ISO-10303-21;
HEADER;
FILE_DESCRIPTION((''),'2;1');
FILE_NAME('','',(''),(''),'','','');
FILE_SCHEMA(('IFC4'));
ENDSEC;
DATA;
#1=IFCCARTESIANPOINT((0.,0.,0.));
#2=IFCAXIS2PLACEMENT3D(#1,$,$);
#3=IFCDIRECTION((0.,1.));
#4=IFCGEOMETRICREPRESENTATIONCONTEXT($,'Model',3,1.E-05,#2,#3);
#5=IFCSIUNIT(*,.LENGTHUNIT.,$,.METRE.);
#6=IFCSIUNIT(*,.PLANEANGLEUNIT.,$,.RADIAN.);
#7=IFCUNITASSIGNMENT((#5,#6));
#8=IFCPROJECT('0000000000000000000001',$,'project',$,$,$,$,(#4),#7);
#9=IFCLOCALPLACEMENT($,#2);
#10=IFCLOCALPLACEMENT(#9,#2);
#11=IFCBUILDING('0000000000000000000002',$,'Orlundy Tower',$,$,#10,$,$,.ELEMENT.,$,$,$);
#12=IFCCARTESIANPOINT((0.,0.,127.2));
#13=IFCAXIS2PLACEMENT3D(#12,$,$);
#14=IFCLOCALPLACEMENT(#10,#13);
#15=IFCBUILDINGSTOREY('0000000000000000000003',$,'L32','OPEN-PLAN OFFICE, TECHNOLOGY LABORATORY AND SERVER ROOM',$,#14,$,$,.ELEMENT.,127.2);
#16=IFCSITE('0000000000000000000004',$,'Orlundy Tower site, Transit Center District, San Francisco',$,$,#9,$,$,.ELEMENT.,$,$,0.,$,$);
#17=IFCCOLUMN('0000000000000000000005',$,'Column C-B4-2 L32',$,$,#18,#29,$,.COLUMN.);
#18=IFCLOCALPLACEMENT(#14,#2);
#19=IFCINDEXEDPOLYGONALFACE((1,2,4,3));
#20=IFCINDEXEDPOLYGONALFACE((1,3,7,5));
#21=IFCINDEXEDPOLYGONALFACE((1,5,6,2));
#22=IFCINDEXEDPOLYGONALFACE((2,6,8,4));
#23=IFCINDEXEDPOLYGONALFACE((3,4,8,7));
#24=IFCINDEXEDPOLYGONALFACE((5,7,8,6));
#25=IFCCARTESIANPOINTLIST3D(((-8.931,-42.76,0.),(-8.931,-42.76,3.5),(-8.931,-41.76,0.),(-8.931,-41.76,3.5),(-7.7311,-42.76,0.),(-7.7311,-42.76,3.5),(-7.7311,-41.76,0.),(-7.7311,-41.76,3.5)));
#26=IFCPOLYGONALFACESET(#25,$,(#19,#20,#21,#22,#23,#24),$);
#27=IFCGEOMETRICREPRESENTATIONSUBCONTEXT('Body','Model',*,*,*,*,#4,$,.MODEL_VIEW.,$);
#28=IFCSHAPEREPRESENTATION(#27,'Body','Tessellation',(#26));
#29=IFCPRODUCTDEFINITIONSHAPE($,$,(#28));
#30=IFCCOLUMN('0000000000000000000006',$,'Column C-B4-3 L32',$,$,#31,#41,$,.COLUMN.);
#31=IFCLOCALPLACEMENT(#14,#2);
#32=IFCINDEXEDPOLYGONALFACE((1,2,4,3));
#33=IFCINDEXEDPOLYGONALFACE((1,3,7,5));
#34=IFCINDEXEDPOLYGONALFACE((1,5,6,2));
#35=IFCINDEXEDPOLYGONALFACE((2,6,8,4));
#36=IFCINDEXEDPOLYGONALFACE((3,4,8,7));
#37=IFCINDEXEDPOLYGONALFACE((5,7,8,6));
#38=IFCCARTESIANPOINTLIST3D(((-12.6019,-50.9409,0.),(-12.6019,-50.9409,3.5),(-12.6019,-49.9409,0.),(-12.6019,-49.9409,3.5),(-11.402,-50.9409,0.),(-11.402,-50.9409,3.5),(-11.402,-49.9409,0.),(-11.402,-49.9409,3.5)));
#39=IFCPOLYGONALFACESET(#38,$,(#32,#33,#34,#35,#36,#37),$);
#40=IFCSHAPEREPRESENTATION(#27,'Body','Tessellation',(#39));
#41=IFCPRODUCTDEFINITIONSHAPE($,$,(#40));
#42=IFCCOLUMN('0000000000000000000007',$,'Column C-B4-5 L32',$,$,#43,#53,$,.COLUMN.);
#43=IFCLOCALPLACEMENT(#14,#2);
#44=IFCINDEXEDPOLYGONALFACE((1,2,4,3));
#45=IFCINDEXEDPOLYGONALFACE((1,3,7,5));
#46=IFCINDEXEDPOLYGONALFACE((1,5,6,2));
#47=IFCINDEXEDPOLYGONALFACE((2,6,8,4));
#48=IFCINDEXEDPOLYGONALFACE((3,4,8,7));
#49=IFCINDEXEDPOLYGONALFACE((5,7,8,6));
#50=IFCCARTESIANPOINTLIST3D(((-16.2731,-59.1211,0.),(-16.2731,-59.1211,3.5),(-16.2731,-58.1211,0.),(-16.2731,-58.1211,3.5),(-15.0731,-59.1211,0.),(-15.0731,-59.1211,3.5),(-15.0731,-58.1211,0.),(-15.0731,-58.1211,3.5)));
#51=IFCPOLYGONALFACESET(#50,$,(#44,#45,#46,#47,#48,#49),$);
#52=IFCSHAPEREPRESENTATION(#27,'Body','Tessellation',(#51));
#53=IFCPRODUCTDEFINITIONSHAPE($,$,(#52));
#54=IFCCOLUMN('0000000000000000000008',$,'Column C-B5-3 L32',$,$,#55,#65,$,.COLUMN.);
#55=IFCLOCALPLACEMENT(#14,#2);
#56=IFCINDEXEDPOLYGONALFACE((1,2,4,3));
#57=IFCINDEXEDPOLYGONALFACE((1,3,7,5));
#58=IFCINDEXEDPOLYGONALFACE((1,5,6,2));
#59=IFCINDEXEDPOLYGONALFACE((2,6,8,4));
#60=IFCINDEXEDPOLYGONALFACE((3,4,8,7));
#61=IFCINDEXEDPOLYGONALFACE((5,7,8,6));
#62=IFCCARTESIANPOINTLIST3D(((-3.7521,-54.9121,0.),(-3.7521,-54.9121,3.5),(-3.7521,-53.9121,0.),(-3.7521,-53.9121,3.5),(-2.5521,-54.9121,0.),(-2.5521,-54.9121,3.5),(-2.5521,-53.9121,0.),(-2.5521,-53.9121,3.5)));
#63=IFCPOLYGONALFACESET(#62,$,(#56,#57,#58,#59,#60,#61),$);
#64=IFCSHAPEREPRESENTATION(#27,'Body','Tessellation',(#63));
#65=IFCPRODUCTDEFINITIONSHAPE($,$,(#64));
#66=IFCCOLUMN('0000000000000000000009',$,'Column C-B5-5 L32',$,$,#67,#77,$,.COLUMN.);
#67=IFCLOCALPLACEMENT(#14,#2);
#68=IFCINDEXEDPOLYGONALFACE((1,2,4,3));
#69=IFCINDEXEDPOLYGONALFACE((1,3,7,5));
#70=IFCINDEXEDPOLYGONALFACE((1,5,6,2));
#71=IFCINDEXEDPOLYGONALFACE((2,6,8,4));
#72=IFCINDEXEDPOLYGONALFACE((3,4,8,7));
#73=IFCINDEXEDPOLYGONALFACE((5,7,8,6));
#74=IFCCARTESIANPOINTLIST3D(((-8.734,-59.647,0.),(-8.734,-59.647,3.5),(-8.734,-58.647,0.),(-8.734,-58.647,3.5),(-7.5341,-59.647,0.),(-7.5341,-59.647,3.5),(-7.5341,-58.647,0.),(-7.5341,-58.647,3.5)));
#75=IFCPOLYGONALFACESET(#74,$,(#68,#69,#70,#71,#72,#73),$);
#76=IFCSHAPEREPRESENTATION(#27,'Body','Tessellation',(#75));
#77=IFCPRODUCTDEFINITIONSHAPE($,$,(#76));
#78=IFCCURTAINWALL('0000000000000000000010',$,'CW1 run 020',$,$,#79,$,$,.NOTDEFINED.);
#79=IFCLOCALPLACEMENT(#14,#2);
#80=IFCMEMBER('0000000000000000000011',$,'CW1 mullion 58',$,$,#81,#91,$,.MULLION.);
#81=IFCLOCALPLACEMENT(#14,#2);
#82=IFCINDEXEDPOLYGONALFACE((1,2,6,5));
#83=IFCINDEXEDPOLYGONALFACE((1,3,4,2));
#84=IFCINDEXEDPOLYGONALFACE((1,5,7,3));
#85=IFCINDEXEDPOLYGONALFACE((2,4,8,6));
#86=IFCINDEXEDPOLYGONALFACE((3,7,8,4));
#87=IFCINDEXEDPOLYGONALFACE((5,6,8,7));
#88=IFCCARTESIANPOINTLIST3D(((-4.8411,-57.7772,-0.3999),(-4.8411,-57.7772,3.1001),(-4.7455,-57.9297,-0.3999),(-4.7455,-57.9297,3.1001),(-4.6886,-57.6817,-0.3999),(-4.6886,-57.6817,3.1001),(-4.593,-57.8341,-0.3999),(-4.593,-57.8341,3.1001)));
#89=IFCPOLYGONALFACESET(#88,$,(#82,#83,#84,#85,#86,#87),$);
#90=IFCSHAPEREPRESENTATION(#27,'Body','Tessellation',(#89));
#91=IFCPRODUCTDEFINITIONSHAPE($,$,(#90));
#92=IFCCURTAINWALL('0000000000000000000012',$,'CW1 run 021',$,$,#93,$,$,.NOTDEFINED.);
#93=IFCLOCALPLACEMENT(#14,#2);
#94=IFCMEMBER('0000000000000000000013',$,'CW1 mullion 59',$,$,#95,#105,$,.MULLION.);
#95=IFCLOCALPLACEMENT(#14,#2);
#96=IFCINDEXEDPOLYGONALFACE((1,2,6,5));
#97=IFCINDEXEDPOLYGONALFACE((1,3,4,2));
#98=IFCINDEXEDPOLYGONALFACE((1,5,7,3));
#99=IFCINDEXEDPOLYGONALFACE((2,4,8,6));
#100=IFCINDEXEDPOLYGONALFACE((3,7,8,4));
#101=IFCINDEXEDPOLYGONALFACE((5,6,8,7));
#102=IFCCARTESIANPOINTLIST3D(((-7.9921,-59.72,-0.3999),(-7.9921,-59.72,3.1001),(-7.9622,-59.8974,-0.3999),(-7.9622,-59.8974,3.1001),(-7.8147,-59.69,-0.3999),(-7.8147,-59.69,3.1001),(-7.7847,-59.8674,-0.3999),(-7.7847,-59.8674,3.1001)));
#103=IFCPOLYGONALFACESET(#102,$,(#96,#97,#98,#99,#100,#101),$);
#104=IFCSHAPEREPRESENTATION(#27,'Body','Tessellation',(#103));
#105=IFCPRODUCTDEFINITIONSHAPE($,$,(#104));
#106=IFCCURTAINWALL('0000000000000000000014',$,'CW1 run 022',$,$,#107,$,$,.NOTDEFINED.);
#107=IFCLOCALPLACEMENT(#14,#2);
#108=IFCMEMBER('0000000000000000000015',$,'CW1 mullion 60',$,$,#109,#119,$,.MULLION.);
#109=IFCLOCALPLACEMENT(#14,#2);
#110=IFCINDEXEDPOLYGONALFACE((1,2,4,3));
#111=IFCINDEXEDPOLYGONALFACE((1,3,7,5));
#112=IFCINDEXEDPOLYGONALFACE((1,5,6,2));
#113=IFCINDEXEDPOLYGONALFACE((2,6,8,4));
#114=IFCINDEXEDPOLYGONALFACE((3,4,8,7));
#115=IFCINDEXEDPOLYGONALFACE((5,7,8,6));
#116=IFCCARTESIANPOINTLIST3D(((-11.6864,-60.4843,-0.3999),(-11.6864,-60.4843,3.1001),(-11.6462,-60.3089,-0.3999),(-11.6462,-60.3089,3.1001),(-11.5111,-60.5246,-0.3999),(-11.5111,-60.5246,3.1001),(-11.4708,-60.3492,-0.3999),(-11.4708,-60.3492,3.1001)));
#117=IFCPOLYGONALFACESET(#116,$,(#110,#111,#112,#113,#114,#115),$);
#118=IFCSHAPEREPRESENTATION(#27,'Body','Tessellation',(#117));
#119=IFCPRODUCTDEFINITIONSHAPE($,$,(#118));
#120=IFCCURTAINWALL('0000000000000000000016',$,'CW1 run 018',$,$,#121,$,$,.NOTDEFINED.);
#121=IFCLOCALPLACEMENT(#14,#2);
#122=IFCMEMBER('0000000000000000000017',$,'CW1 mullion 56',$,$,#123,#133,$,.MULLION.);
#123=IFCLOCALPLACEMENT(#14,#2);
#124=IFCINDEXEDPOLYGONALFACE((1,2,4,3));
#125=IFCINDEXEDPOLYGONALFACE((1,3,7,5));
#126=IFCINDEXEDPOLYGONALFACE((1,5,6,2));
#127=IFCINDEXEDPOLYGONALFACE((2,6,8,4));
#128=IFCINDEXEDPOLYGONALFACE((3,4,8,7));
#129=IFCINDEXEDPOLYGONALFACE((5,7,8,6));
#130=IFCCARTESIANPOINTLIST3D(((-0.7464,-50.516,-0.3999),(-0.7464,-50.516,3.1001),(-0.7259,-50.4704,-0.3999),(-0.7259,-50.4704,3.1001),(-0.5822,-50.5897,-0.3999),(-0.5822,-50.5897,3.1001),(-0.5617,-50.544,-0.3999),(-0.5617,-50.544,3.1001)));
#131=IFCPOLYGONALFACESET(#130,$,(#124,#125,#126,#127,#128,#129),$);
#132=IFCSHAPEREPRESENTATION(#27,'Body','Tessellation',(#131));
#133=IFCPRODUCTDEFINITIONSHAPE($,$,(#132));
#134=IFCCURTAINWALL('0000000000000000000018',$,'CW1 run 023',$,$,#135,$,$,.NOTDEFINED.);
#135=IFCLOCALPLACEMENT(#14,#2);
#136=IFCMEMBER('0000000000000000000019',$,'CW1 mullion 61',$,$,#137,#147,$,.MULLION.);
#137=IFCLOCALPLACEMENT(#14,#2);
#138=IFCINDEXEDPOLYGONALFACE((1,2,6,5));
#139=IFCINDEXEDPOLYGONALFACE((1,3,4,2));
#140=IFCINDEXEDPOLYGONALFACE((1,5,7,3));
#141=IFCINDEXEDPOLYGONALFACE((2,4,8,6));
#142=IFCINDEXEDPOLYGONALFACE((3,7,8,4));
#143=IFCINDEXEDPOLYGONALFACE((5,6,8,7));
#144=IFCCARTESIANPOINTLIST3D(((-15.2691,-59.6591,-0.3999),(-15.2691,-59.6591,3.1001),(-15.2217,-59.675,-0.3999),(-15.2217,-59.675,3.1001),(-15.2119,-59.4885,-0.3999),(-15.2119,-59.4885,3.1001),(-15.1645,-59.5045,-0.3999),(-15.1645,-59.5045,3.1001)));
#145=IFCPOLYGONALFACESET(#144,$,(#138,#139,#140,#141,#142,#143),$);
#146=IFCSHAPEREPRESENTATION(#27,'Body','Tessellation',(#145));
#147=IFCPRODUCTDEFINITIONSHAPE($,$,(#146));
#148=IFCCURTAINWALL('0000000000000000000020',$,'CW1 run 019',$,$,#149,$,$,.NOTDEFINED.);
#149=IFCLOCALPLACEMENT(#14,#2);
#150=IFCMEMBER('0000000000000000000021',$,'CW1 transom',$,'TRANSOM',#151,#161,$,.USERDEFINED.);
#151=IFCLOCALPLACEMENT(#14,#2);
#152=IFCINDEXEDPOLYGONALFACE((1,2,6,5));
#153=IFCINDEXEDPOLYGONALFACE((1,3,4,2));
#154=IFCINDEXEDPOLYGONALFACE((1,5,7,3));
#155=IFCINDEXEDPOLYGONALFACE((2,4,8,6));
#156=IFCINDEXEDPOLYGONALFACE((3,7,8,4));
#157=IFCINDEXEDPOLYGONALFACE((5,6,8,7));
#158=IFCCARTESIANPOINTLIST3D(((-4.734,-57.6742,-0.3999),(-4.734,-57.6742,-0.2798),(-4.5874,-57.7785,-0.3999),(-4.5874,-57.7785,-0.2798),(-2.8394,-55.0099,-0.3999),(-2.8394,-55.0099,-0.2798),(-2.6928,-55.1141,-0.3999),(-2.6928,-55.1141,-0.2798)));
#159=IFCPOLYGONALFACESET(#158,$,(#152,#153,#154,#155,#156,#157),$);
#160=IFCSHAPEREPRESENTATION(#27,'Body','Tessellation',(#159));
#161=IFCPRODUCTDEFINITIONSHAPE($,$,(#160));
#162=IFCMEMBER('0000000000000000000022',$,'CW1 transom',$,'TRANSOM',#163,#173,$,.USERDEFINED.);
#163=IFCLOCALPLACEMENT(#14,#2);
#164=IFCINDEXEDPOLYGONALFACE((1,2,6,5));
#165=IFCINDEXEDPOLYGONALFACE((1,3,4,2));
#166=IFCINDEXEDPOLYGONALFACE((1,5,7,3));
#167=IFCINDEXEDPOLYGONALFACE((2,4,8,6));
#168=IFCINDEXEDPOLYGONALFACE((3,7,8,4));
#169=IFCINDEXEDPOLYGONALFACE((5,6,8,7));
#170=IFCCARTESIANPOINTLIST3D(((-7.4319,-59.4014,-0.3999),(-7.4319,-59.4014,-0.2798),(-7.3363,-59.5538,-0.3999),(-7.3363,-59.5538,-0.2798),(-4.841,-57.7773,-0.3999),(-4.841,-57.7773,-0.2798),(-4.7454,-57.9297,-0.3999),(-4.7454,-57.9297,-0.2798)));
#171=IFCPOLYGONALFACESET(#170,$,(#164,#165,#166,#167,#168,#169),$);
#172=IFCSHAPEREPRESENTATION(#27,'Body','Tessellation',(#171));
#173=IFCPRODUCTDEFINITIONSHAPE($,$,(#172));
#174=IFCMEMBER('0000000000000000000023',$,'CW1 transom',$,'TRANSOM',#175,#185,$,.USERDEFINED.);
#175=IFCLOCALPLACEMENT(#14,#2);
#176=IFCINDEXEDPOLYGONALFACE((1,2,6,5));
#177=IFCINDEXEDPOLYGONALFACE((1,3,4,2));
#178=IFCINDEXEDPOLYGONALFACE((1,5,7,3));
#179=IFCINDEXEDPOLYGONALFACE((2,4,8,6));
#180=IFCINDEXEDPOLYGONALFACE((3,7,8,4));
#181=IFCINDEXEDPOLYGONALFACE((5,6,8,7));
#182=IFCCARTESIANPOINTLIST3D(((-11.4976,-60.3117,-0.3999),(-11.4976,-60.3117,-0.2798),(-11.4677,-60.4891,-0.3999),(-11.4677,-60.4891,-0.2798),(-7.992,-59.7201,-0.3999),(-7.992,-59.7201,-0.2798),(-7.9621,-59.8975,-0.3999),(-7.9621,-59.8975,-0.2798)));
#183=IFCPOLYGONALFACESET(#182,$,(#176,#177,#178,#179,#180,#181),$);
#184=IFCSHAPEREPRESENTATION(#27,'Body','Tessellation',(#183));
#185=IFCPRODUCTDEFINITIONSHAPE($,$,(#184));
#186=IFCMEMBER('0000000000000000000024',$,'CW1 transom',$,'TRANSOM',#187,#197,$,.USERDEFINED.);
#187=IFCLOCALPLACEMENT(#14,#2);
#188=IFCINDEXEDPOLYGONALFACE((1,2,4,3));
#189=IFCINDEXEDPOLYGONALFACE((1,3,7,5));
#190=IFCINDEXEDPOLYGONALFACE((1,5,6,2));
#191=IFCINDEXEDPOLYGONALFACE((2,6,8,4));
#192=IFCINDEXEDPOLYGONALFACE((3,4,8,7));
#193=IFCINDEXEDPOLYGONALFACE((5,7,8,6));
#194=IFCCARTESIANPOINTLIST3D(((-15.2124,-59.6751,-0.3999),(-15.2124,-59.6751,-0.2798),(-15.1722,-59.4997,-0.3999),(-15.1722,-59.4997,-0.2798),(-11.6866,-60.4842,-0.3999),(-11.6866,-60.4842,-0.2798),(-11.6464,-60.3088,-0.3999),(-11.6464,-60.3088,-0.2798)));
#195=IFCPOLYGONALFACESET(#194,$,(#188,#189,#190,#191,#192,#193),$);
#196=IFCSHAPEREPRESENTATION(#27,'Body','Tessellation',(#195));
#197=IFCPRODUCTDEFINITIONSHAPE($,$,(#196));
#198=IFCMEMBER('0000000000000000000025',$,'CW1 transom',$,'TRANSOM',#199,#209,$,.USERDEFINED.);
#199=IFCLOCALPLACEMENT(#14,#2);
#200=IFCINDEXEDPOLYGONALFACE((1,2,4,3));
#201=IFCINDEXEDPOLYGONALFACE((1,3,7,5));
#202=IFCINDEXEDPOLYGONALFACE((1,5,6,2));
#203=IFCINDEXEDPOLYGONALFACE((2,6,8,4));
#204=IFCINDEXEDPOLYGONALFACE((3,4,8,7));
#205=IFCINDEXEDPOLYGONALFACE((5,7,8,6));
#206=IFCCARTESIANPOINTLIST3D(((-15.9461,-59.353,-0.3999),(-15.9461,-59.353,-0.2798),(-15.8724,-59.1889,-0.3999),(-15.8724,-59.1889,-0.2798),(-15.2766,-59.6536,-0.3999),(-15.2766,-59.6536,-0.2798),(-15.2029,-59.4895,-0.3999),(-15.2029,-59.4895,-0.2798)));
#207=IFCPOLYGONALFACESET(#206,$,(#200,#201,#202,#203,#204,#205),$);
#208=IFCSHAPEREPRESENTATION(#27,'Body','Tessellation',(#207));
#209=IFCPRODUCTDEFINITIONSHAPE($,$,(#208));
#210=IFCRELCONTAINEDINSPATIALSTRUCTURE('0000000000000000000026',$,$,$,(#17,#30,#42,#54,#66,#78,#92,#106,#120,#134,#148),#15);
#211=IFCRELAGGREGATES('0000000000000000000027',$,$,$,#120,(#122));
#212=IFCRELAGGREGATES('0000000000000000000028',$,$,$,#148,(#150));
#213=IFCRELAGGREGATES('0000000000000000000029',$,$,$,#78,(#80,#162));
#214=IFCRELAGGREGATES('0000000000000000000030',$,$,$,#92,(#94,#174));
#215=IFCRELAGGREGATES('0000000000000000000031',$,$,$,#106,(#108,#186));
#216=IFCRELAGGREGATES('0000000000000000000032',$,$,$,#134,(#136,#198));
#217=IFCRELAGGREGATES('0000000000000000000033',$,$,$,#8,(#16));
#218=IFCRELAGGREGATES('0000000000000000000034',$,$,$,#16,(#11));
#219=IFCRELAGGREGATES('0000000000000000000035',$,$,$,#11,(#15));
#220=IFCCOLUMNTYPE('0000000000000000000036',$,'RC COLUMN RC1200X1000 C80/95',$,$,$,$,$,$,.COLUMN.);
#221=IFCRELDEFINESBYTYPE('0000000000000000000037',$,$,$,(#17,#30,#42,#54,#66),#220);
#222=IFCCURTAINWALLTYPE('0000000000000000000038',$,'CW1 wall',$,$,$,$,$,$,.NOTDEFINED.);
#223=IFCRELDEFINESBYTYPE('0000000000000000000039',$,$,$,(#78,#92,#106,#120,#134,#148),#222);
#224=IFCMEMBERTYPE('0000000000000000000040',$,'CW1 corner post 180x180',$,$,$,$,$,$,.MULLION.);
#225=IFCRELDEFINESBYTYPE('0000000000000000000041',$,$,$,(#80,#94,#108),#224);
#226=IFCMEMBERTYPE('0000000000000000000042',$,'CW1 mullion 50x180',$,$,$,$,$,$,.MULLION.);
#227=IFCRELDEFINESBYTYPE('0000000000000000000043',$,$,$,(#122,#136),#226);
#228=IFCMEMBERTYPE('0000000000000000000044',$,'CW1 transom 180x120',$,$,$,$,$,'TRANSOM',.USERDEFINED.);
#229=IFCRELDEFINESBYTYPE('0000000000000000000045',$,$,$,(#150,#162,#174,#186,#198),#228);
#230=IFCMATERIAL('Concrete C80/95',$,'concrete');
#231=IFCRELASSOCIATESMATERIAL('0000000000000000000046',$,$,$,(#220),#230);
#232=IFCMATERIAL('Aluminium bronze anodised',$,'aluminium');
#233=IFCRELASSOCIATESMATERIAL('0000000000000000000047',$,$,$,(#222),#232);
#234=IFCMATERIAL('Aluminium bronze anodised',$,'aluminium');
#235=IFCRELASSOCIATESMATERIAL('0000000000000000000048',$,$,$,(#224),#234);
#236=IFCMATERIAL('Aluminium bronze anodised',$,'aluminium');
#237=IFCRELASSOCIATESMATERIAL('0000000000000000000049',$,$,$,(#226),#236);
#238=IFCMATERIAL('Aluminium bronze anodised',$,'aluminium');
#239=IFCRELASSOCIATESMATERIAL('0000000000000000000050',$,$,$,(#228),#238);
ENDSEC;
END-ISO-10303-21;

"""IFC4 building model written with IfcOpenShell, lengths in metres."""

from ifc_helpers import new_model, si_unit, direction, frame, origin, origin_2d, place, context, subcontext, project, spatial, rectangle, extrude, material, material_profile, profile_set, type_object, element, aggregate, save


model = new_model("IFC4")

# Units and contexts
model_context = context("Model", 3, precision=1e-05, world=origin(), true_north=direction((0.0, 1.0)))
body_context = subcontext(model_context, "Body", "Model", "MODEL_VIEW")
ifc_project = project(units=[si_unit("LENGTHUNIT", "METRE"), si_unit("PLANEANGLEUNIT", "RADIAN")], contexts=[model_context])

# Site, building, storey
site_placement = place(None, origin())
site = spatial("IfcSite", under=ifc_project, at=site_placement, Name="Orlundy Tower site, Transit Center District, San Francisco", CompositionType="ELEMENT", RefElevation=0.0)
building_placement = place(site_placement, origin())
building = spatial("IfcBuilding", under=site, at=building_placement, Name="Orlundy Tower", CompositionType="ELEMENT")
storey_placement = place(building_placement, frame((0.0, 0.0, 127.2)))
storey = spatial("IfcBuildingStorey", under=building, at=storey_placement, Name="L32", Description="OPEN-PLAN OFFICE, TECHNOLOGY LABORATORY AND SERVER ROOM", CompositionType="ELEMENT", Elevation=127.2)

# Columns
ifc_material_1 = material(Name="Concrete C80/95", Category="concrete")
ifc_material_profile_1 = material_profile(ifc_material_1, rectangle(XDim=1.2, YDim=1.0, at=origin_2d()), Name="RC1200X1000")
ifc_profile_set_1 = profile_set([ifc_material_profile_1], Name="Concrete C80/95")
column_type = type_object("IfcColumnType", Name="RC COLUMN RC1200X1000 C80/95", PredefinedType="COLUMN", material=ifc_profile_set_1)
for number, where, z_axis, x_axis, name in (
    (1, (-8.3311, -42.26, 0.0), (0.0, 0.0, 1.0), (1.0, 0.0, 0.0), "Column C-B4-2 L32"),
    (2, (-12.002, -50.4409, 0.0), (0.0, 0.0, 1.0), (1.0, 0.0, 0.0), "Column C-B4-3 L32"),
    (3, (-15.6731, -58.6211, 0.0), (0.0, 0.0, 1.0), (1.0, 0.0, 0.0), "Column C-B4-5 L32"),
    (4, (-3.1521, -54.4121, 0.0), (0.0, 0.0, 1.0), (1.0, 0.0, 0.0), "Column C-B5-3 L32"),
    (5, (-8.134, -59.147, 0.0), (0.0, 0.0, 1.0), (1.0, 0.0, 0.0), "Column C-B5-5 L32"),
):
    element("IfcColumn", number, at=place(storey_placement, frame(where, z_axis=z_axis, x_axis=x_axis)), inside=storey, type_object=column_type, Name=name, PredefinedType="COLUMN", context=body_context, shape_type="SweptSolid", body=[
        extrude(rectangle(XDim=1.2, YDim=1.0, at=origin_2d()), origin(), (0.0, 0.0, 1.0), 3.5),
    ])

# Curtain walls, members
ifc_material_2 = material(Name="Aluminium bronze anodised", Category="aluminium")
curtain_wall_type = type_object("IfcCurtainWallType", Name="CW1 wall", PredefinedType="NOTDEFINED", material=ifc_material_2)
curtain_wall_1_placement = place(storey_placement, origin())
curtain_wall_1 = element("IfcCurtainWall", 6, at=curtain_wall_1_placement, inside=storey, type_object=curtain_wall_type, Name="CW1 run 020", PredefinedType="NOTDEFINED")
ifc_material_3 = material(Name="Aluminium bronze anodised", Category="aluminium")
ifc_material_profile_2 = material_profile(ifc_material_3, rectangle(XDim=0.1799, YDim=0.1799, at=origin_2d()), Name="CW1 corner post 180x180")
ifc_profile_set_2 = profile_set([ifc_material_profile_2], Name="Aluminium bronze anodised")
member_type_1 = type_object("IfcMemberType", Name="CW1 corner post 180x180", PredefinedType="MULLION", material=ifc_profile_set_2)
member_1_placement = place(storey_placement, frame((-4.717, -57.8057, -0.3999), z_axis=(0.0, 0.0, 1.0), x_axis=(0.531138, -0.847285, 0.0)))
member_1 = element("IfcMember", 7, at=member_1_placement, type_object=member_type_1, Name="CW1 mullion 58", PredefinedType="MULLION", context=body_context, shape_type="SweptSolid", body=[
    extrude(rectangle(XDim=0.1799, YDim=0.1799, at=origin_2d()), origin(), (0.0, 0.0, 1.0), 3.5),
])
curtain_wall_2_placement = place(storey_placement, origin())
curtain_wall_2 = element("IfcCurtainWall", 8, at=curtain_wall_2_placement, inside=storey, type_object=curtain_wall_type, Name="CW1 run 021", PredefinedType="NOTDEFINED")
member_2_placement = place(storey_placement, frame((-7.8884, -59.7937, -0.3999), z_axis=(0.0, 0.0, 1.0), x_axis=(0.166455, -0.986049, 0.0)))
member_2 = element("IfcMember", 9, at=member_2_placement, type_object=member_type_1, Name="CW1 mullion 59", PredefinedType="MULLION", context=body_context, shape_type="SweptSolid", body=[
    extrude(rectangle(XDim=0.1799, YDim=0.1799, at=origin_2d()), origin(), (0.0, 0.0, 1.0), 3.5),
])
curtain_wall_3_placement = place(storey_placement, origin())
curtain_wall_3 = element("IfcCurtainWall", 10, at=curtain_wall_3_placement, inside=storey, type_object=curtain_wall_type, Name="CW1 run 022", PredefinedType="NOTDEFINED")
member_3_placement = place(storey_placement, frame((-11.5786, -60.4167, -0.3999), z_axis=(0.0, 0.0, 1.0), x_axis=(-0.223697, -0.974659, 0.0)))
member_3 = element("IfcMember", 11, at=member_3_placement, type_object=member_type_1, Name="CW1 mullion 60", PredefinedType="MULLION", context=body_context, shape_type="SweptSolid", body=[
    extrude(rectangle(XDim=0.1799, YDim=0.1799, at=origin_2d()), origin(), (0.0, 0.0, 1.0), 3.5),
])
curtain_wall_4_placement = place(storey_placement, origin())
curtain_wall_4 = element("IfcCurtainWall", 12, at=curtain_wall_4_placement, inside=storey, type_object=curtain_wall_type, Name="CW1 run 018", PredefinedType="NOTDEFINED")
ifc_material_4 = material(Name="Aluminium bronze anodised", Category="aluminium")
ifc_material_profile_3 = material_profile(ifc_material_4, rectangle(XDim=0.1799, YDim=0.05, at=origin_2d()), Name="CW1 mullion 50x180")
ifc_profile_set_3 = profile_set([ifc_material_profile_3], Name="Aluminium bronze anodised")
member_type_2 = type_object("IfcMemberType", Name="CW1 mullion 50x180", PredefinedType="MULLION", material=ifc_profile_set_3)
member_4_placement = place(storey_placement, frame((-0.6541, -50.53, -0.3999), z_axis=(0.0, 0.0, 1.0), x_axis=(0.912353, -0.409405, 0.0)))
member_4 = element("IfcMember", 13, at=member_4_placement, type_object=member_type_2, Name="CW1 mullion 56", PredefinedType="MULLION", context=body_context, shape_type="SweptSolid", body=[
    extrude(rectangle(XDim=0.1799, YDim=0.05, at=origin_2d()), origin(), (0.0, 0.0, 1.0), 3.5),
])
curtain_wall_5_placement = place(storey_placement, origin())
curtain_wall_5 = element("IfcCurtainWall", 14, at=curtain_wall_5_placement, inside=storey, type_object=curtain_wall_type, Name="CW1 run 023", PredefinedType="NOTDEFINED")
member_5_placement = place(storey_placement, frame((-15.2168, -59.5818, -0.3999), z_axis=(0.0, 0.0, 1.0), x_axis=(-0.318064, -0.948069, 0.0)))
member_5 = element("IfcMember", 15, at=member_5_placement, type_object=member_type_2, Name="CW1 mullion 61", PredefinedType="MULLION", context=body_context, shape_type="SweptSolid", body=[
    extrude(rectangle(XDim=0.1799, YDim=0.05, at=origin_2d()), origin(), (0.0, 0.0, 1.0), 3.5),
])
curtain_wall_6_placement = place(storey_placement, origin())
curtain_wall_6 = element("IfcCurtainWall", 16, at=curtain_wall_6_placement, inside=storey, type_object=curtain_wall_type, Name="CW1 run 019", PredefinedType="NOTDEFINED")
ifc_material_5 = material(Name="Aluminium bronze anodised", Category="aluminium")
ifc_material_profile_4 = material_profile(ifc_material_5, rectangle(XDim=0.1799, YDim=0.1201, at=origin_2d()), Name="CW1 transom 180x120")
ifc_profile_set_4 = profile_set([ifc_material_profile_4], Name="Aluminium bronze anodised")
member_type_3 = type_object("IfcMemberType", Name="CW1 transom 180x120", ElementType="TRANSOM", PredefinedType="USERDEFINED", material=ifc_profile_set_4)
member_6_placement = place(storey_placement, frame((-2.7661, -55.062, -0.3398), z_axis=(-0.579506, -0.814968, 0.0), x_axis=(0.814968, -0.579506, 0.0)))
member_6 = element("IfcMember", 17, at=member_6_placement, type_object=member_type_3, Name="CW1 transom", ObjectType="TRANSOM", PredefinedType="USERDEFINED", context=body_context, shape_type="SweptSolid", body=[
    extrude(rectangle(XDim=0.1799, YDim=0.1201, at=origin_2d()), origin(), (0.0, 0.0, 1.0), 3.2693),
])

# Members
member_7_placement = place(storey_placement, frame((-4.7932, -57.8535, -0.3398), z_axis=(-0.847298, -0.531118, 0.0), x_axis=(0.531118, -0.847298, 0.0)))
member_7 = element("IfcMember", 18, at=member_7_placement, type_object=member_type_3, Name="CW1 transom", ObjectType="TRANSOM", PredefinedType="USERDEFINED", context=body_context, shape_type="SweptSolid", body=[
    extrude(rectangle(XDim=0.1799, YDim=0.1201, at=origin_2d()), origin(), (0.0, 0.0, 1.0), 3.0579),
])
member_8_placement = place(storey_placement, frame((-7.9771, -59.8088, -0.3398), z_axis=(-0.98606, -0.166392, 0.0), x_axis=(0.166392, -0.98606, 0.0)))
member_8 = element("IfcMember", 19, at=member_8_placement, type_object=member_type_3, Name="CW1 transom", ObjectType="TRANSOM", PredefinedType="USERDEFINED", context=body_context, shape_type="SweptSolid", body=[
    extrude(rectangle(XDim=0.1799, YDim=0.1201, at=origin_2d()), origin(), (0.0, 0.0, 1.0), 3.5552),
])
member_9_placement = place(storey_placement, frame((-11.6665, -60.3965, -0.3398), z_axis=(-0.974668, 0.223657, 0.0), x_axis=(-0.223657, -0.974668, 0.0)))
member_9 = element("IfcMember", 20, at=member_9_placement, type_object=member_type_3, Name="CW1 transom", ObjectType="TRANSOM", PredefinedType="USERDEFINED", context=body_context, shape_type="SweptSolid", body=[
    extrude(rectangle(XDim=0.1799, YDim=0.1201, at=origin_2d()), origin(), (0.0, 0.0, 1.0), 3.6174),
])
member_10_placement = place(storey_placement, frame((-15.2397, -59.5715, -0.3398), z_axis=(-0.912282, 0.409562, 0.0), x_axis=(-0.409562, -0.912282, 0.0)))
member_10 = element("IfcMember", 21, at=member_10_placement, type_object=member_type_3, Name="CW1 transom", ObjectType="TRANSOM", PredefinedType="USERDEFINED", context=body_context, shape_type="SweptSolid", body=[
    extrude(rectangle(XDim=0.1799, YDim=0.1201, at=origin_2d()), origin(), (0.0, 0.0, 1.0), 0.7339),
])

aggregate(curtain_wall_4, [member_4])
aggregate(curtain_wall_6, [member_6])
aggregate(curtain_wall_1, [member_1, member_7])
aggregate(curtain_wall_2, [member_2, member_8])
aggregate(curtain_wall_3, [member_3, member_9])
aggregate(curtain_wall_5, [member_5, member_10])

save(model, "model.ifc")
